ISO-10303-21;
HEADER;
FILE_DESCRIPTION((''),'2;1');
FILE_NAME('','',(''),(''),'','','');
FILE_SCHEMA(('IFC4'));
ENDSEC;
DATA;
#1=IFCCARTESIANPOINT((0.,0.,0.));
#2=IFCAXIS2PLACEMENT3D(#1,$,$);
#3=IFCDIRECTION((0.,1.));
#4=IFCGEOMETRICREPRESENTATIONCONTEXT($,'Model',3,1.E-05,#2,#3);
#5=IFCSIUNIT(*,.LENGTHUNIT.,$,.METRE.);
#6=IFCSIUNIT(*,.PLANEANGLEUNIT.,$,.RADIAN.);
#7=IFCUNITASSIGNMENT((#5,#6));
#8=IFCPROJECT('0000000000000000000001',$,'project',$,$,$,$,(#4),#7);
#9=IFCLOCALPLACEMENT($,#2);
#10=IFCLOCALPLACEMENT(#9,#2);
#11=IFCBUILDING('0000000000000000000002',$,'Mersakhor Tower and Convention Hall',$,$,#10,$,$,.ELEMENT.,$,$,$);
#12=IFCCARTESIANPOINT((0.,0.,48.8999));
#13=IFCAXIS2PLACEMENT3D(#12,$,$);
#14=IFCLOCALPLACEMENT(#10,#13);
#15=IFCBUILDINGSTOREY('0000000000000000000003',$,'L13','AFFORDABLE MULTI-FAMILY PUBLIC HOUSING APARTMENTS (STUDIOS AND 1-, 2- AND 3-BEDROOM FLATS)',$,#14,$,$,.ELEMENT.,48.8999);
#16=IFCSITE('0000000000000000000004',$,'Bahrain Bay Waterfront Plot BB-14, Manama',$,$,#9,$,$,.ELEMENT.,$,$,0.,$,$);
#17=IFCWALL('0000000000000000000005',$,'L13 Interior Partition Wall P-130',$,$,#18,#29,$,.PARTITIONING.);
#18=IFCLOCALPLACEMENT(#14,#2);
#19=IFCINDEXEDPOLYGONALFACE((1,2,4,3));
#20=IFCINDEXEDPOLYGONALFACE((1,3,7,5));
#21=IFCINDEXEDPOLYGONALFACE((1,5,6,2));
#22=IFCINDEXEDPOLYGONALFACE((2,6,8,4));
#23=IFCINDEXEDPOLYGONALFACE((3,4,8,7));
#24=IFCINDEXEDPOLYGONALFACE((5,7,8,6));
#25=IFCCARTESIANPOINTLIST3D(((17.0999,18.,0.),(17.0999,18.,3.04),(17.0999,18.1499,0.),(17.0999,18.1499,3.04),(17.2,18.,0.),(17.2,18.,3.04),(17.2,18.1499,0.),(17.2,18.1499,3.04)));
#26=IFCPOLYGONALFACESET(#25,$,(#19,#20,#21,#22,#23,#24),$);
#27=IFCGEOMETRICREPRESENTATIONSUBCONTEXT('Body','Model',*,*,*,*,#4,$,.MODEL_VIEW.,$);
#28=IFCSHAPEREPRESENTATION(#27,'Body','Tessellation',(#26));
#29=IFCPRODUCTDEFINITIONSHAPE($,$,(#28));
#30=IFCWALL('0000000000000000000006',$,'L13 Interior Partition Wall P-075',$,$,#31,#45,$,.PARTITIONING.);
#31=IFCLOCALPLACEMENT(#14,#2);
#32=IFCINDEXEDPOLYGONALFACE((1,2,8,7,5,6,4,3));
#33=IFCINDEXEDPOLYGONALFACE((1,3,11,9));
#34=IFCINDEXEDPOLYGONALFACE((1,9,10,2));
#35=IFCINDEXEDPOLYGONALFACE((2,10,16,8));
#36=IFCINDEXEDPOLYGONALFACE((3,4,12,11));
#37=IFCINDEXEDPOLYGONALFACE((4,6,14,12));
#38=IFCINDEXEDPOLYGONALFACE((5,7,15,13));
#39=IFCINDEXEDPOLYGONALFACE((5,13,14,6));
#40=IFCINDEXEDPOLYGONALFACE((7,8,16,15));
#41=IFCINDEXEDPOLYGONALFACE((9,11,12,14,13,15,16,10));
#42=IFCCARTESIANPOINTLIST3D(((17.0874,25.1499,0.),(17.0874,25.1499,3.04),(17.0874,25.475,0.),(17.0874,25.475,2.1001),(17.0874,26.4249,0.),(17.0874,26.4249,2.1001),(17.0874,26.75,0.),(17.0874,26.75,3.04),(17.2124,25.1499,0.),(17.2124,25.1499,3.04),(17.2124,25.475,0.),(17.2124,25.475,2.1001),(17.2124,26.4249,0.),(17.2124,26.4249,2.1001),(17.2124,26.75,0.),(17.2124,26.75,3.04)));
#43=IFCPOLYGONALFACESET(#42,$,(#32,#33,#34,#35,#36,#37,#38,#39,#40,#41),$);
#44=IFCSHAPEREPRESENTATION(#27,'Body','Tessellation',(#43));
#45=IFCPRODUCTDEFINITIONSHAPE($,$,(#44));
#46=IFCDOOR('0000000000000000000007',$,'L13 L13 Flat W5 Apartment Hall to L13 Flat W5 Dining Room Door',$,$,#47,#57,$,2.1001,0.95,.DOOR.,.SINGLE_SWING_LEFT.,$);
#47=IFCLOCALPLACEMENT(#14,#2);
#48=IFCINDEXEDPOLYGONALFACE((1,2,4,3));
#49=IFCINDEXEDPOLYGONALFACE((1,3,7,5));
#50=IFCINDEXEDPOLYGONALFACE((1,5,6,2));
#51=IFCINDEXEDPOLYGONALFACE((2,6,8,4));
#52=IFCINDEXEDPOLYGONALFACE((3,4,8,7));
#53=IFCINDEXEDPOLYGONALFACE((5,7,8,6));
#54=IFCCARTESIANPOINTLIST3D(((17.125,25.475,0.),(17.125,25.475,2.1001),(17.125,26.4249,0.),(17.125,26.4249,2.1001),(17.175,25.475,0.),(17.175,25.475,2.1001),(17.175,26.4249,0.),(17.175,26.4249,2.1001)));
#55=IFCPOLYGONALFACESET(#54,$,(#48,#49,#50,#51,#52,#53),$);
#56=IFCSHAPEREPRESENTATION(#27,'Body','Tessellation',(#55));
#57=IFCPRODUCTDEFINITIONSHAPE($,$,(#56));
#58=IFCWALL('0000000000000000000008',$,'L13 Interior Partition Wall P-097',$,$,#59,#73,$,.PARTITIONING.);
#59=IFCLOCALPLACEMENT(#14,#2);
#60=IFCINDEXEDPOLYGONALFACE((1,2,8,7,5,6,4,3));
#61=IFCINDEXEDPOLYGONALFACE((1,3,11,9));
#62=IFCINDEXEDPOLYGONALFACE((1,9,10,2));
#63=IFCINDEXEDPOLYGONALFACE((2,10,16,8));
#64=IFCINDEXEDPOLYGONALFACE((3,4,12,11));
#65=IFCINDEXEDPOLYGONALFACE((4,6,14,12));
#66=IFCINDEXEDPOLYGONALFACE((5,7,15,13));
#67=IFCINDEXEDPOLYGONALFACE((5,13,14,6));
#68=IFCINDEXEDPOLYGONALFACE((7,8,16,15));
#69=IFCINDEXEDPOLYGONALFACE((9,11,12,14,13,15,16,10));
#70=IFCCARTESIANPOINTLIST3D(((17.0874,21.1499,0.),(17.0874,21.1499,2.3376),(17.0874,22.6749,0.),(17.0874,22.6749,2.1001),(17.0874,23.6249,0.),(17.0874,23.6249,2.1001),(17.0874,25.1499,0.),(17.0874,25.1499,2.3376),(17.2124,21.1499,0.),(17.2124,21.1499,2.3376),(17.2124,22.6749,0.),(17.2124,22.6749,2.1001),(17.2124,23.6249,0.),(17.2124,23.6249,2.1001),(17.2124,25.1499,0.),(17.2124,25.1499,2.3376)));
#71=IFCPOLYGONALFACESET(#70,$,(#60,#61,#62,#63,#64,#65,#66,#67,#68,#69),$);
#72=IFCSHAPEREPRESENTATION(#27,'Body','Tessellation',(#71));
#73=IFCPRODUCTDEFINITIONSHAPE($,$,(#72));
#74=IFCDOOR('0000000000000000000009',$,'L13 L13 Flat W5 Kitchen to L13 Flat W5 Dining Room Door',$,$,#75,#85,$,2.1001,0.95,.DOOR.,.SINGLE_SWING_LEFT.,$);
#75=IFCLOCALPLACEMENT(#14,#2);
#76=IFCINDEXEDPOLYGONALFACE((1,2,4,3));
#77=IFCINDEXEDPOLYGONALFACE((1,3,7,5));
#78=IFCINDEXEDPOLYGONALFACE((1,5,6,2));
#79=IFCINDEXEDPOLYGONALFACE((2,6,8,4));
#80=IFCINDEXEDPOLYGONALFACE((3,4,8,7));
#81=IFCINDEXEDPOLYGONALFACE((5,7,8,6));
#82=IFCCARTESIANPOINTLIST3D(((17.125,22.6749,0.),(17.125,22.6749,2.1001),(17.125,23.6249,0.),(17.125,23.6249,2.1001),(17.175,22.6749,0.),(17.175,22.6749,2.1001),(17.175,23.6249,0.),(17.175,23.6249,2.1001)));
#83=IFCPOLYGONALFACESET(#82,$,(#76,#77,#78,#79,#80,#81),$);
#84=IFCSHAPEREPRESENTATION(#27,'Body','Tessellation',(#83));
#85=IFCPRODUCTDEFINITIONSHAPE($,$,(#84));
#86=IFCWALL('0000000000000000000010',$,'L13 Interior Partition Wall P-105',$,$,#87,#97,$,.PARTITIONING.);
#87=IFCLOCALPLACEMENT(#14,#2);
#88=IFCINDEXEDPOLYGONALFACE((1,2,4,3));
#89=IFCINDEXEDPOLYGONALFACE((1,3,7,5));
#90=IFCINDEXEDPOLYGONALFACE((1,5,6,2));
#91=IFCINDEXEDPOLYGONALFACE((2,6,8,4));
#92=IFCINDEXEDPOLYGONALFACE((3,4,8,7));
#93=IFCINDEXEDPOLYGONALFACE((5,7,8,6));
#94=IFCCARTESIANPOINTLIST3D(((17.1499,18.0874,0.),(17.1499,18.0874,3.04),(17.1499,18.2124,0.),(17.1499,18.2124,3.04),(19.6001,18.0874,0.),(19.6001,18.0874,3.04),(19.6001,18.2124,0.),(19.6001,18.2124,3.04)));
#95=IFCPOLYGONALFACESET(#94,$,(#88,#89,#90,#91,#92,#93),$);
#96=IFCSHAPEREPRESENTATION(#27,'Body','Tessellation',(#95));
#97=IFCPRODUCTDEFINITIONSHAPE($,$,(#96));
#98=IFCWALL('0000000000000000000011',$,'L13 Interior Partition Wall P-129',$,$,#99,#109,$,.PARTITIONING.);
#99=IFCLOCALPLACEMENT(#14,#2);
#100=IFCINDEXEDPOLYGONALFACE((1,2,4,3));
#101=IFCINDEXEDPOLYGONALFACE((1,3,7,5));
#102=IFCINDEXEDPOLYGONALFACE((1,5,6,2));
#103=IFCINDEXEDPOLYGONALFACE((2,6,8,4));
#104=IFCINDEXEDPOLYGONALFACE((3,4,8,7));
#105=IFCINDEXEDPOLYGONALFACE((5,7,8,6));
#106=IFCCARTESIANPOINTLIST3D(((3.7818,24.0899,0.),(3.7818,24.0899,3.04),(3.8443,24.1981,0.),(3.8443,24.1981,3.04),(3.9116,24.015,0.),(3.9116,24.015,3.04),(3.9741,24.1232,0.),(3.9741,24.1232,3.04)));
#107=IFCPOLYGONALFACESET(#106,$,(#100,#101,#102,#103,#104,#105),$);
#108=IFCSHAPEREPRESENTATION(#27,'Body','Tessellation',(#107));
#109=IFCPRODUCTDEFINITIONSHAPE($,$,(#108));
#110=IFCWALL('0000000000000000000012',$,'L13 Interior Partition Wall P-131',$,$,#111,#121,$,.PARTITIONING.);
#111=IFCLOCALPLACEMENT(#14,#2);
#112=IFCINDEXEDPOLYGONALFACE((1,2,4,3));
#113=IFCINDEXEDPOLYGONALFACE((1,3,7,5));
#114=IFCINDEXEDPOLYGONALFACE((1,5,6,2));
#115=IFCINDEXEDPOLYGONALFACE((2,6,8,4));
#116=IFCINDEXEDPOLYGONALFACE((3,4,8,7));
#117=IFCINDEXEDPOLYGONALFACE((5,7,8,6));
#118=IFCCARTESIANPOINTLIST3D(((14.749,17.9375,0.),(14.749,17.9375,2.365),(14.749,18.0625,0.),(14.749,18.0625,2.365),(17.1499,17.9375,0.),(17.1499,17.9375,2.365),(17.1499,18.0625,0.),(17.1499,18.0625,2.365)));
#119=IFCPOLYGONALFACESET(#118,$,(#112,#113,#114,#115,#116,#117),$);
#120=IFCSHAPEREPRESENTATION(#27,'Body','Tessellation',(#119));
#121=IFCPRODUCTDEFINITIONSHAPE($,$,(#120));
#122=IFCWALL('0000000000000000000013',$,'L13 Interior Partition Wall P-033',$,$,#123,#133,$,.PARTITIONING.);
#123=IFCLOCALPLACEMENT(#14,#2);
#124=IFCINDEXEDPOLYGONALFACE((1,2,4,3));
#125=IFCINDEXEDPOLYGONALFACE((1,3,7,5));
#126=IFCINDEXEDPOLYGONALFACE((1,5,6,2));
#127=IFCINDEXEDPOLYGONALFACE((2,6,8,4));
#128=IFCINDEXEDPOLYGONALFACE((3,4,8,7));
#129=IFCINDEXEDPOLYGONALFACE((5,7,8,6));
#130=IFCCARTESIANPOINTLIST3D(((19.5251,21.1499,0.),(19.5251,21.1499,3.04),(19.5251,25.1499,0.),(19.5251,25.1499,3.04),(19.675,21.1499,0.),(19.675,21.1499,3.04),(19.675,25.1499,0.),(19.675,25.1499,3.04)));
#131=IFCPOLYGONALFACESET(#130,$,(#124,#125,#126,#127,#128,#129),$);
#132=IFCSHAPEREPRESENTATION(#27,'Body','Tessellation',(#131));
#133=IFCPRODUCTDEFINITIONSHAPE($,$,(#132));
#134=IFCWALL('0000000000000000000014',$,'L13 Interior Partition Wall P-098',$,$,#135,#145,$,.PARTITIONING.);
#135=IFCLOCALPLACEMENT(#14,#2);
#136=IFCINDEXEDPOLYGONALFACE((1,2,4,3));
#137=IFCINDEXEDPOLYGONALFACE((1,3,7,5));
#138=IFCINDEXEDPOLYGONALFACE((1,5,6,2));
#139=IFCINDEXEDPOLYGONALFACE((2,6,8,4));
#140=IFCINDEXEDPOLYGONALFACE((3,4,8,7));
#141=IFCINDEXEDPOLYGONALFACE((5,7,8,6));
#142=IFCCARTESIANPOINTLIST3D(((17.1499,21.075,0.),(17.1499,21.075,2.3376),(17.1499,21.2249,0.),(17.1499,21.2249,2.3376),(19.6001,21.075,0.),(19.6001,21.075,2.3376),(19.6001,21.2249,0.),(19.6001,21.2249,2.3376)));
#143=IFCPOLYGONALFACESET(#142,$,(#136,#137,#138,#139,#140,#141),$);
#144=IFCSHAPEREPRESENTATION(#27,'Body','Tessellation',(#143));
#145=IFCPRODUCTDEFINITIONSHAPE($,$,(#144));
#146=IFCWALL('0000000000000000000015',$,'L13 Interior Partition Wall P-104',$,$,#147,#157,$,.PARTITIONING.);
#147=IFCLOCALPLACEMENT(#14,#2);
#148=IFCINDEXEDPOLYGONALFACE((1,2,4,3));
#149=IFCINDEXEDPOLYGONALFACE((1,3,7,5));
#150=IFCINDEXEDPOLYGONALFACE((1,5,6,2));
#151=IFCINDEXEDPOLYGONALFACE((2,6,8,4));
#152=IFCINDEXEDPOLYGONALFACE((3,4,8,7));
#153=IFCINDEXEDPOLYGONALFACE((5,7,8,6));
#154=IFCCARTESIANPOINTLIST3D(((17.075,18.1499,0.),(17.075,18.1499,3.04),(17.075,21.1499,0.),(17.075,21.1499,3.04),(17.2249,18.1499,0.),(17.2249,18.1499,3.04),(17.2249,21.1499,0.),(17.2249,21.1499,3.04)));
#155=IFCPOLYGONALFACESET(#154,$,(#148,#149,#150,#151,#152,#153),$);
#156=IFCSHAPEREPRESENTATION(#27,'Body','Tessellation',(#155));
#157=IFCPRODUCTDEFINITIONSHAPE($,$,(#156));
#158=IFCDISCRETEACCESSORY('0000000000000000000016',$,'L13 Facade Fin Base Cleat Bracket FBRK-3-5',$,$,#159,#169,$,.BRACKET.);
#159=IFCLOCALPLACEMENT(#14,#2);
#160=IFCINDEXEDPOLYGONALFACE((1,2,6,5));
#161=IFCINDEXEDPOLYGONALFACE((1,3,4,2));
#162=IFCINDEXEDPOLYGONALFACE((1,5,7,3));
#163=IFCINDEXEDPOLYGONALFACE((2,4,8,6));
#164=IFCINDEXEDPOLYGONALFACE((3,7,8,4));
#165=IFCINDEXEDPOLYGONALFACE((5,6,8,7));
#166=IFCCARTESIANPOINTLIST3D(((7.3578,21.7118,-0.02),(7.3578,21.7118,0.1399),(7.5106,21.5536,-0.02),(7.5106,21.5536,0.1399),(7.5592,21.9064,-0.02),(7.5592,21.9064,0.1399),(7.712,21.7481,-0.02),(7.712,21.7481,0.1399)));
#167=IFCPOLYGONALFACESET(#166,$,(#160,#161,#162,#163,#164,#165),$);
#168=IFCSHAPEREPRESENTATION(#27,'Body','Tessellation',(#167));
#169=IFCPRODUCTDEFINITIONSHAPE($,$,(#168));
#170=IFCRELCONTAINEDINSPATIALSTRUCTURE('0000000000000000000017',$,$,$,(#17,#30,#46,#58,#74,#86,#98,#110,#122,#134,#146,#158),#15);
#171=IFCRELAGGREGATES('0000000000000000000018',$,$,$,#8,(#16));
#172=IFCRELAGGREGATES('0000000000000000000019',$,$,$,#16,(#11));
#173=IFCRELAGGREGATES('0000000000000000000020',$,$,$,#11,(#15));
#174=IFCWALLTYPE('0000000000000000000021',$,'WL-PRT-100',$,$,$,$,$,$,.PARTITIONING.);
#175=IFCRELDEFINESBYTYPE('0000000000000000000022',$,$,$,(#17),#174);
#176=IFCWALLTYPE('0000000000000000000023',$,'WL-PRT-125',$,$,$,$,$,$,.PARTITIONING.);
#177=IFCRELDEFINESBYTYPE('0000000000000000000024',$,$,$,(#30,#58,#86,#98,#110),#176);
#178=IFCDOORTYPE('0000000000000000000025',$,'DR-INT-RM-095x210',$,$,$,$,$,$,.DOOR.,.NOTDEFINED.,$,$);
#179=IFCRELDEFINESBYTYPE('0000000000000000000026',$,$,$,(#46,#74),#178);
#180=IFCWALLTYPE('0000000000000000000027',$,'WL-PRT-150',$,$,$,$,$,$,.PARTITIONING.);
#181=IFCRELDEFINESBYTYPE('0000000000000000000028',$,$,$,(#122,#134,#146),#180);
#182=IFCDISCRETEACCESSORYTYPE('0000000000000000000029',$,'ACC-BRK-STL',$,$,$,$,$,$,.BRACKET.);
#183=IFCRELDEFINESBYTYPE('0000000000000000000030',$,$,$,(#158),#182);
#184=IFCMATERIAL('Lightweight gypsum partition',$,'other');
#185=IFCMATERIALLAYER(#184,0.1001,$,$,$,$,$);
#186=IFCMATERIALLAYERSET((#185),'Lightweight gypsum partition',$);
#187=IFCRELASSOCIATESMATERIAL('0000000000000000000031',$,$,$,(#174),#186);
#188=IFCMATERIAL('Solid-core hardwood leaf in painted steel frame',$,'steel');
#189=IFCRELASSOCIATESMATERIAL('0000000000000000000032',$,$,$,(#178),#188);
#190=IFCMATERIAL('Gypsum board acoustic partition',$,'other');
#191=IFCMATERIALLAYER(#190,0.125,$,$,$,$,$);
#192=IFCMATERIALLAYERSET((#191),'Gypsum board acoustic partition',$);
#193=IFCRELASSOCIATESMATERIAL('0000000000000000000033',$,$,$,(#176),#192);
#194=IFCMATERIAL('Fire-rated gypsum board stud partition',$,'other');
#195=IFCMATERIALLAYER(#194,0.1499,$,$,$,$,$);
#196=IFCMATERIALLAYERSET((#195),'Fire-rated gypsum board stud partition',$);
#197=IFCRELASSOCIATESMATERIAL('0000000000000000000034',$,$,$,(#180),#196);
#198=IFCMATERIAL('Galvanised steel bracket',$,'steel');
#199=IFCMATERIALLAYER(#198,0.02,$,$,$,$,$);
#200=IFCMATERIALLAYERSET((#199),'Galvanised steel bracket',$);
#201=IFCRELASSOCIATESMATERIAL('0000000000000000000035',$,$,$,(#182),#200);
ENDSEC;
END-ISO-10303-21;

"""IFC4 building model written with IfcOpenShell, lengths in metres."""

from ifc_helpers import new_model, si_unit, direction, frame, frame_2d, origin, origin_2d, place, context, subcontext, project, spatial, rectangle, extrude, material, layer, layer_set, type_object, element, fill, save


model = new_model("IFC4")

# Units and contexts
model_context = context("Model", 3, precision=1e-05, world=origin(), true_north=direction((0.0, 1.0)))
body_context = subcontext(model_context, "Body", "Model", "MODEL_VIEW")
ifc_project = project(units=[si_unit("LENGTHUNIT", "METRE"), si_unit("PLANEANGLEUNIT", "RADIAN")], contexts=[model_context])

# Site, building, storey
site_placement = place(None, origin())
site = spatial("IfcSite", under=ifc_project, at=site_placement, Name="Bahrain Bay Waterfront Plot BB-14, Manama", CompositionType="ELEMENT", RefElevation=0.0)
building_placement = place(site_placement, origin())
building = spatial("IfcBuilding", under=site, at=building_placement, Name="Mersakhor Tower and Convention Hall", CompositionType="ELEMENT")
storey_placement = place(building_placement, frame((0.0, 0.0, 48.8999)))
storey = spatial("IfcBuildingStorey", under=building, at=storey_placement, Name="L13", Description="AFFORDABLE MULTI-FAMILY PUBLIC HOUSING APARTMENTS (STUDIOS AND 1-, 2- AND 3-BEDROOM FLATS)", CompositionType="ELEMENT", Elevation=48.8999)

# Shared definitions
ifc_material_1 = material(Name="Lightweight gypsum partition", Category="other")
ifc_layer_1 = layer(ifc_material_1, 0.1001)
ifc_layer_set_1 = layer_set([ifc_layer_1], Name="Lightweight gypsum partition")
wall_type_1 = type_object("IfcWallType", Name="WL-PRT-100", PredefinedType="PARTITIONING", material=ifc_layer_set_1)
ifc_material_2 = material(Name="Solid-core hardwood leaf in painted steel frame", Category="steel")
door_type_1 = type_object("IfcDoorType", Name="DR-INT-RM-095x210", OperationType="NOTDEFINED", PredefinedType="DOOR", material=ifc_material_2)

# Wall
wall_1_placement = place(storey_placement, frame((17.1499, 18.1499, 0.0), z_axis=(0.0, 0.0, 1.0), x_axis=(0.0, -1.0, 0.0)))
element("IfcWall", 1, at=wall_1_placement, inside=storey, type_object=wall_type_1, Name="L13 Interior Partition Wall P-130", PredefinedType="PARTITIONING", context=body_context, shape_type="SweptSolid", body=[
    extrude(rectangle(XDim=0.1499, YDim=0.1001, at=frame_2d((0.075, 0.0))), origin(), (0.0, 0.0, 1.0), 3.04),
])

# Walls, openings, doors
ifc_material_3 = material(Name="Gypsum board acoustic partition", Category="other")
ifc_layer_2 = layer(ifc_material_3, 0.125)
ifc_layer_set_2 = layer_set([ifc_layer_2], Name="Gypsum board acoustic partition")
wall_type_2 = type_object("IfcWallType", Name="WL-PRT-125", PredefinedType="PARTITIONING", material=ifc_layer_set_2)
wall_2_placement = place(storey_placement, frame((17.1499, 25.1499, 0.0), z_axis=(0.0, 0.0, 1.0), x_axis=(0.0, 1.0, 0.0)))
wall_2 = element("IfcWall", 2, at=wall_2_placement, inside=storey, type_object=wall_type_2, Name="L13 Interior Partition Wall P-075", PredefinedType="PARTITIONING", context=body_context, shape_type="SweptSolid", body=[
    extrude(rectangle(XDim=1.6001, YDim=0.125, at=frame_2d((0.8, 0.0))), origin(), (0.0, 0.0, 1.0), 3.04),
])
opening_1_placement = place(wall_2_placement, frame((0.325, 0.0, 0.0)))
opening_1 = element("IfcOpeningElement", 3, at=opening_1_placement, cuts=wall_2, PredefinedType="OPENING", context=body_context, shape_type="SweptSolid", body=[
    extrude(rectangle(XDim=0.95, YDim=2.1001, at=frame_2d((0.4751, 1.05))), frame((0.0, 0.0725, 0.0), z_axis=(0.0, -1.0, 0.0), x_axis=(1.0, 0.0, 0.0)), (0.0, 0.0, 1.0), 0.145),
])
door_1_placement = place(opening_1_placement, origin())
door_1 = element("IfcDoor", 4, at=door_1_placement, inside=storey, type_object=door_type_1, Name="L13 L13 Flat W5 Apartment Hall to L13 Flat W5 Dining Room Door", OperationType="SINGLE_SWING_LEFT", OverallHeight=2.1001, OverallWidth=0.95, PredefinedType="DOOR", context=body_context, shape_type="SweptSolid", body=[
    extrude(rectangle(XDim=0.95, YDim=2.1001, at=frame_2d((0.4751, 1.05))), frame((0.0, 0.0249, 0.0), z_axis=(0.0, -1.0, 0.0), x_axis=(1.0, 0.0, 0.0)), (0.0, 0.0, 1.0), 0.05),
])
fill(opening_1, door_1)
wall_3_placement = place(storey_placement, frame((17.1499, 21.1499, 0.0), z_axis=(0.0, 0.0, 1.0), x_axis=(0.0, 1.0, 0.0)))
wall_3 = element("IfcWall", 5, at=wall_3_placement, inside=storey, type_object=wall_type_2, Name="L13 Interior Partition Wall P-097", PredefinedType="PARTITIONING", context=body_context, shape_type="SweptSolid", body=[
    extrude(rectangle(XDim=4.0, YDim=0.125, at=frame_2d((2.0, 0.0))), origin(), (0.0, 0.0, 1.0), 2.3376),
])
opening_2_placement = place(wall_3_placement, frame((1.5249, 0.0, 0.0)))
opening_2 = element("IfcOpeningElement", 6, at=opening_2_placement, cuts=wall_3, PredefinedType="OPENING", context=body_context, shape_type="SweptSolid", body=[
    extrude(rectangle(XDim=0.95, YDim=2.1001, at=frame_2d((0.4751, 1.05))), frame((0.0, 0.0725, 0.0), z_axis=(0.0, -1.0, 0.0), x_axis=(1.0, 0.0, 0.0)), (0.0, 0.0, 1.0), 0.145),
])
door_2_placement = place(opening_2_placement, origin())
door_2 = element("IfcDoor", 7, at=door_2_placement, inside=storey, type_object=door_type_1, Name="L13 L13 Flat W5 Kitchen to L13 Flat W5 Dining Room Door", OperationType="SINGLE_SWING_LEFT", OverallHeight=2.1001, OverallWidth=0.95, PredefinedType="DOOR", context=body_context, shape_type="SweptSolid", body=[
    extrude(rectangle(XDim=0.95, YDim=2.1001, at=frame_2d((0.4751, 1.05))), frame((0.0, 0.0249, 0.0), z_axis=(0.0, -1.0, 0.0), x_axis=(1.0, 0.0, 0.0)), (0.0, 0.0, 1.0), 0.05),
])
fill(opening_2, door_2)

# Walls
wall_4_placement = place(storey_placement, frame((19.6001, 18.1499, 0.0), z_axis=(0.0, 0.0, 1.0), x_axis=(-1.0, 0.0, 0.0)))
element("IfcWall", 8, at=wall_4_placement, inside=storey, type_object=wall_type_2, Name="L13 Interior Partition Wall P-105", PredefinedType="PARTITIONING", context=body_context, shape_type="SweptSolid", body=[
    extrude(rectangle(XDim=2.4502, YDim=0.125, at=frame_2d((1.2251, 0.0))), origin(), (0.0, 0.0, 1.0), 3.04),
])
wall_5_placement = place(storey_placement, frame((3.9429, 24.0691, 0.0), z_axis=(0.0, 0.0, 1.0), x_axis=(-0.866131, 0.499816, 0.0)))
element("IfcWall", 9, at=wall_5_placement, inside=storey, type_object=wall_type_2, Name="L13 Interior Partition Wall P-129", PredefinedType="PARTITIONING", context=body_context, shape_type="SweptSolid", body=[
    extrude(rectangle(XDim=0.1499, YDim=0.125, at=frame_2d((0.075, 0.0))), origin(), (0.0, 0.0, 1.0), 3.04),
])
wall_6_placement = place(storey_placement, frame((17.1499, 18.0, 0.0), z_axis=(0.0, 0.0, 1.0), x_axis=(-1.0, 0.0, 0.0)))
element("IfcWall", 10, at=wall_6_placement, inside=storey, type_object=wall_type_2, Name="L13 Interior Partition Wall P-131", PredefinedType="PARTITIONING", context=body_context, shape_type="SweptSolid", body=[
    extrude(rectangle(XDim=2.4009, YDim=0.125, at=frame_2d((1.2004, 0.0))), origin(), (0.0, 0.0, 1.0), 2.365),
])

# Shared definitions
ifc_material_4 = material(Name="Fire-rated gypsum board stud partition", Category="other")
ifc_layer_3 = layer(ifc_material_4, 0.1499)
ifc_layer_set_3 = layer_set([ifc_layer_3], Name="Fire-rated gypsum board stud partition")
wall_type_3 = type_object("IfcWallType", Name="WL-PRT-150", PredefinedType="PARTITIONING", material=ifc_layer_set_3)

# Wall
wall_7_placement = place(storey_placement, frame((19.6001, 21.1499, 0.0), z_axis=(0.0, 0.0, 1.0), x_axis=(0.0, 1.0, 0.0)))
element("IfcWall", 11, at=wall_7_placement, inside=storey, type_object=wall_type_3, Name="L13 Interior Partition Wall P-033", PredefinedType="PARTITIONING", context=body_context, shape_type="SweptSolid", body=[
    extrude(rectangle(XDim=4.0, YDim=0.1499, at=frame_2d((2.0, 0.0))), origin(), (0.0, 0.0, 1.0), 3.04),
])

# Walls
wall_8_placement = place(storey_placement, frame((19.6001, 21.1499, 0.0), z_axis=(0.0, 0.0, 1.0), x_axis=(-1.0, 0.0, 0.0)))
element("IfcWall", 12, at=wall_8_placement, inside=storey, type_object=wall_type_3, Name="L13 Interior Partition Wall P-098", PredefinedType="PARTITIONING", context=body_context, shape_type="SweptSolid", body=[
    extrude(rectangle(XDim=2.4502, YDim=0.1499, at=frame_2d((1.2251, 0.0))), origin(), (0.0, 0.0, 1.0), 2.3376),
])
wall_9_placement = place(storey_placement, frame((17.1499, 18.1499, 0.0), z_axis=(0.0, 0.0, 1.0), x_axis=(0.0, 1.0, 0.0)))
element("IfcWall", 13, at=wall_9_placement, inside=storey, type_object=wall_type_3, Name="L13 Interior Partition Wall P-104", PredefinedType="PARTITIONING", context=body_context, shape_type="SweptSolid", body=[
    extrude(rectangle(XDim=3.0, YDim=0.1499, at=frame_2d((1.5, 0.0))), origin(), (0.0, 0.0, 1.0), 3.04),
])

# Discrete accessory
ifc_material_5 = material(Name="Galvanised steel bracket", Category="steel")
ifc_layer_4 = layer(ifc_material_5, 0.02)
ifc_layer_set_4 = layer_set([ifc_layer_4], Name="Galvanised steel bracket")
discrete_accessory_type = type_object("IfcDiscreteAccessoryType", Name="ACC-BRK-STL", PredefinedType="BRACKET", material=ifc_layer_set_4)
discrete_accessory_placement = place(storey_placement, frame((7.5349, 21.73, -0.02), z_axis=(0.0, 0.0, 1.0), x_axis=(-0.71934, -0.694658, 0.0)))
element("IfcDiscreteAccessory", 14, at=discrete_accessory_placement, inside=storey, type_object=discrete_accessory_type, Name="L13 Facade Fin Base Cleat Bracket FBRK-3-5", PredefinedType="BRACKET", context=body_context, shape_type="SweptSolid", body=[
    extrude(rectangle(XDim=0.28, YDim=0.22, at=origin_2d()), origin(), (0.0, 0.0, 1.0), 0.1599),
])

save(model, "model.ifc")
